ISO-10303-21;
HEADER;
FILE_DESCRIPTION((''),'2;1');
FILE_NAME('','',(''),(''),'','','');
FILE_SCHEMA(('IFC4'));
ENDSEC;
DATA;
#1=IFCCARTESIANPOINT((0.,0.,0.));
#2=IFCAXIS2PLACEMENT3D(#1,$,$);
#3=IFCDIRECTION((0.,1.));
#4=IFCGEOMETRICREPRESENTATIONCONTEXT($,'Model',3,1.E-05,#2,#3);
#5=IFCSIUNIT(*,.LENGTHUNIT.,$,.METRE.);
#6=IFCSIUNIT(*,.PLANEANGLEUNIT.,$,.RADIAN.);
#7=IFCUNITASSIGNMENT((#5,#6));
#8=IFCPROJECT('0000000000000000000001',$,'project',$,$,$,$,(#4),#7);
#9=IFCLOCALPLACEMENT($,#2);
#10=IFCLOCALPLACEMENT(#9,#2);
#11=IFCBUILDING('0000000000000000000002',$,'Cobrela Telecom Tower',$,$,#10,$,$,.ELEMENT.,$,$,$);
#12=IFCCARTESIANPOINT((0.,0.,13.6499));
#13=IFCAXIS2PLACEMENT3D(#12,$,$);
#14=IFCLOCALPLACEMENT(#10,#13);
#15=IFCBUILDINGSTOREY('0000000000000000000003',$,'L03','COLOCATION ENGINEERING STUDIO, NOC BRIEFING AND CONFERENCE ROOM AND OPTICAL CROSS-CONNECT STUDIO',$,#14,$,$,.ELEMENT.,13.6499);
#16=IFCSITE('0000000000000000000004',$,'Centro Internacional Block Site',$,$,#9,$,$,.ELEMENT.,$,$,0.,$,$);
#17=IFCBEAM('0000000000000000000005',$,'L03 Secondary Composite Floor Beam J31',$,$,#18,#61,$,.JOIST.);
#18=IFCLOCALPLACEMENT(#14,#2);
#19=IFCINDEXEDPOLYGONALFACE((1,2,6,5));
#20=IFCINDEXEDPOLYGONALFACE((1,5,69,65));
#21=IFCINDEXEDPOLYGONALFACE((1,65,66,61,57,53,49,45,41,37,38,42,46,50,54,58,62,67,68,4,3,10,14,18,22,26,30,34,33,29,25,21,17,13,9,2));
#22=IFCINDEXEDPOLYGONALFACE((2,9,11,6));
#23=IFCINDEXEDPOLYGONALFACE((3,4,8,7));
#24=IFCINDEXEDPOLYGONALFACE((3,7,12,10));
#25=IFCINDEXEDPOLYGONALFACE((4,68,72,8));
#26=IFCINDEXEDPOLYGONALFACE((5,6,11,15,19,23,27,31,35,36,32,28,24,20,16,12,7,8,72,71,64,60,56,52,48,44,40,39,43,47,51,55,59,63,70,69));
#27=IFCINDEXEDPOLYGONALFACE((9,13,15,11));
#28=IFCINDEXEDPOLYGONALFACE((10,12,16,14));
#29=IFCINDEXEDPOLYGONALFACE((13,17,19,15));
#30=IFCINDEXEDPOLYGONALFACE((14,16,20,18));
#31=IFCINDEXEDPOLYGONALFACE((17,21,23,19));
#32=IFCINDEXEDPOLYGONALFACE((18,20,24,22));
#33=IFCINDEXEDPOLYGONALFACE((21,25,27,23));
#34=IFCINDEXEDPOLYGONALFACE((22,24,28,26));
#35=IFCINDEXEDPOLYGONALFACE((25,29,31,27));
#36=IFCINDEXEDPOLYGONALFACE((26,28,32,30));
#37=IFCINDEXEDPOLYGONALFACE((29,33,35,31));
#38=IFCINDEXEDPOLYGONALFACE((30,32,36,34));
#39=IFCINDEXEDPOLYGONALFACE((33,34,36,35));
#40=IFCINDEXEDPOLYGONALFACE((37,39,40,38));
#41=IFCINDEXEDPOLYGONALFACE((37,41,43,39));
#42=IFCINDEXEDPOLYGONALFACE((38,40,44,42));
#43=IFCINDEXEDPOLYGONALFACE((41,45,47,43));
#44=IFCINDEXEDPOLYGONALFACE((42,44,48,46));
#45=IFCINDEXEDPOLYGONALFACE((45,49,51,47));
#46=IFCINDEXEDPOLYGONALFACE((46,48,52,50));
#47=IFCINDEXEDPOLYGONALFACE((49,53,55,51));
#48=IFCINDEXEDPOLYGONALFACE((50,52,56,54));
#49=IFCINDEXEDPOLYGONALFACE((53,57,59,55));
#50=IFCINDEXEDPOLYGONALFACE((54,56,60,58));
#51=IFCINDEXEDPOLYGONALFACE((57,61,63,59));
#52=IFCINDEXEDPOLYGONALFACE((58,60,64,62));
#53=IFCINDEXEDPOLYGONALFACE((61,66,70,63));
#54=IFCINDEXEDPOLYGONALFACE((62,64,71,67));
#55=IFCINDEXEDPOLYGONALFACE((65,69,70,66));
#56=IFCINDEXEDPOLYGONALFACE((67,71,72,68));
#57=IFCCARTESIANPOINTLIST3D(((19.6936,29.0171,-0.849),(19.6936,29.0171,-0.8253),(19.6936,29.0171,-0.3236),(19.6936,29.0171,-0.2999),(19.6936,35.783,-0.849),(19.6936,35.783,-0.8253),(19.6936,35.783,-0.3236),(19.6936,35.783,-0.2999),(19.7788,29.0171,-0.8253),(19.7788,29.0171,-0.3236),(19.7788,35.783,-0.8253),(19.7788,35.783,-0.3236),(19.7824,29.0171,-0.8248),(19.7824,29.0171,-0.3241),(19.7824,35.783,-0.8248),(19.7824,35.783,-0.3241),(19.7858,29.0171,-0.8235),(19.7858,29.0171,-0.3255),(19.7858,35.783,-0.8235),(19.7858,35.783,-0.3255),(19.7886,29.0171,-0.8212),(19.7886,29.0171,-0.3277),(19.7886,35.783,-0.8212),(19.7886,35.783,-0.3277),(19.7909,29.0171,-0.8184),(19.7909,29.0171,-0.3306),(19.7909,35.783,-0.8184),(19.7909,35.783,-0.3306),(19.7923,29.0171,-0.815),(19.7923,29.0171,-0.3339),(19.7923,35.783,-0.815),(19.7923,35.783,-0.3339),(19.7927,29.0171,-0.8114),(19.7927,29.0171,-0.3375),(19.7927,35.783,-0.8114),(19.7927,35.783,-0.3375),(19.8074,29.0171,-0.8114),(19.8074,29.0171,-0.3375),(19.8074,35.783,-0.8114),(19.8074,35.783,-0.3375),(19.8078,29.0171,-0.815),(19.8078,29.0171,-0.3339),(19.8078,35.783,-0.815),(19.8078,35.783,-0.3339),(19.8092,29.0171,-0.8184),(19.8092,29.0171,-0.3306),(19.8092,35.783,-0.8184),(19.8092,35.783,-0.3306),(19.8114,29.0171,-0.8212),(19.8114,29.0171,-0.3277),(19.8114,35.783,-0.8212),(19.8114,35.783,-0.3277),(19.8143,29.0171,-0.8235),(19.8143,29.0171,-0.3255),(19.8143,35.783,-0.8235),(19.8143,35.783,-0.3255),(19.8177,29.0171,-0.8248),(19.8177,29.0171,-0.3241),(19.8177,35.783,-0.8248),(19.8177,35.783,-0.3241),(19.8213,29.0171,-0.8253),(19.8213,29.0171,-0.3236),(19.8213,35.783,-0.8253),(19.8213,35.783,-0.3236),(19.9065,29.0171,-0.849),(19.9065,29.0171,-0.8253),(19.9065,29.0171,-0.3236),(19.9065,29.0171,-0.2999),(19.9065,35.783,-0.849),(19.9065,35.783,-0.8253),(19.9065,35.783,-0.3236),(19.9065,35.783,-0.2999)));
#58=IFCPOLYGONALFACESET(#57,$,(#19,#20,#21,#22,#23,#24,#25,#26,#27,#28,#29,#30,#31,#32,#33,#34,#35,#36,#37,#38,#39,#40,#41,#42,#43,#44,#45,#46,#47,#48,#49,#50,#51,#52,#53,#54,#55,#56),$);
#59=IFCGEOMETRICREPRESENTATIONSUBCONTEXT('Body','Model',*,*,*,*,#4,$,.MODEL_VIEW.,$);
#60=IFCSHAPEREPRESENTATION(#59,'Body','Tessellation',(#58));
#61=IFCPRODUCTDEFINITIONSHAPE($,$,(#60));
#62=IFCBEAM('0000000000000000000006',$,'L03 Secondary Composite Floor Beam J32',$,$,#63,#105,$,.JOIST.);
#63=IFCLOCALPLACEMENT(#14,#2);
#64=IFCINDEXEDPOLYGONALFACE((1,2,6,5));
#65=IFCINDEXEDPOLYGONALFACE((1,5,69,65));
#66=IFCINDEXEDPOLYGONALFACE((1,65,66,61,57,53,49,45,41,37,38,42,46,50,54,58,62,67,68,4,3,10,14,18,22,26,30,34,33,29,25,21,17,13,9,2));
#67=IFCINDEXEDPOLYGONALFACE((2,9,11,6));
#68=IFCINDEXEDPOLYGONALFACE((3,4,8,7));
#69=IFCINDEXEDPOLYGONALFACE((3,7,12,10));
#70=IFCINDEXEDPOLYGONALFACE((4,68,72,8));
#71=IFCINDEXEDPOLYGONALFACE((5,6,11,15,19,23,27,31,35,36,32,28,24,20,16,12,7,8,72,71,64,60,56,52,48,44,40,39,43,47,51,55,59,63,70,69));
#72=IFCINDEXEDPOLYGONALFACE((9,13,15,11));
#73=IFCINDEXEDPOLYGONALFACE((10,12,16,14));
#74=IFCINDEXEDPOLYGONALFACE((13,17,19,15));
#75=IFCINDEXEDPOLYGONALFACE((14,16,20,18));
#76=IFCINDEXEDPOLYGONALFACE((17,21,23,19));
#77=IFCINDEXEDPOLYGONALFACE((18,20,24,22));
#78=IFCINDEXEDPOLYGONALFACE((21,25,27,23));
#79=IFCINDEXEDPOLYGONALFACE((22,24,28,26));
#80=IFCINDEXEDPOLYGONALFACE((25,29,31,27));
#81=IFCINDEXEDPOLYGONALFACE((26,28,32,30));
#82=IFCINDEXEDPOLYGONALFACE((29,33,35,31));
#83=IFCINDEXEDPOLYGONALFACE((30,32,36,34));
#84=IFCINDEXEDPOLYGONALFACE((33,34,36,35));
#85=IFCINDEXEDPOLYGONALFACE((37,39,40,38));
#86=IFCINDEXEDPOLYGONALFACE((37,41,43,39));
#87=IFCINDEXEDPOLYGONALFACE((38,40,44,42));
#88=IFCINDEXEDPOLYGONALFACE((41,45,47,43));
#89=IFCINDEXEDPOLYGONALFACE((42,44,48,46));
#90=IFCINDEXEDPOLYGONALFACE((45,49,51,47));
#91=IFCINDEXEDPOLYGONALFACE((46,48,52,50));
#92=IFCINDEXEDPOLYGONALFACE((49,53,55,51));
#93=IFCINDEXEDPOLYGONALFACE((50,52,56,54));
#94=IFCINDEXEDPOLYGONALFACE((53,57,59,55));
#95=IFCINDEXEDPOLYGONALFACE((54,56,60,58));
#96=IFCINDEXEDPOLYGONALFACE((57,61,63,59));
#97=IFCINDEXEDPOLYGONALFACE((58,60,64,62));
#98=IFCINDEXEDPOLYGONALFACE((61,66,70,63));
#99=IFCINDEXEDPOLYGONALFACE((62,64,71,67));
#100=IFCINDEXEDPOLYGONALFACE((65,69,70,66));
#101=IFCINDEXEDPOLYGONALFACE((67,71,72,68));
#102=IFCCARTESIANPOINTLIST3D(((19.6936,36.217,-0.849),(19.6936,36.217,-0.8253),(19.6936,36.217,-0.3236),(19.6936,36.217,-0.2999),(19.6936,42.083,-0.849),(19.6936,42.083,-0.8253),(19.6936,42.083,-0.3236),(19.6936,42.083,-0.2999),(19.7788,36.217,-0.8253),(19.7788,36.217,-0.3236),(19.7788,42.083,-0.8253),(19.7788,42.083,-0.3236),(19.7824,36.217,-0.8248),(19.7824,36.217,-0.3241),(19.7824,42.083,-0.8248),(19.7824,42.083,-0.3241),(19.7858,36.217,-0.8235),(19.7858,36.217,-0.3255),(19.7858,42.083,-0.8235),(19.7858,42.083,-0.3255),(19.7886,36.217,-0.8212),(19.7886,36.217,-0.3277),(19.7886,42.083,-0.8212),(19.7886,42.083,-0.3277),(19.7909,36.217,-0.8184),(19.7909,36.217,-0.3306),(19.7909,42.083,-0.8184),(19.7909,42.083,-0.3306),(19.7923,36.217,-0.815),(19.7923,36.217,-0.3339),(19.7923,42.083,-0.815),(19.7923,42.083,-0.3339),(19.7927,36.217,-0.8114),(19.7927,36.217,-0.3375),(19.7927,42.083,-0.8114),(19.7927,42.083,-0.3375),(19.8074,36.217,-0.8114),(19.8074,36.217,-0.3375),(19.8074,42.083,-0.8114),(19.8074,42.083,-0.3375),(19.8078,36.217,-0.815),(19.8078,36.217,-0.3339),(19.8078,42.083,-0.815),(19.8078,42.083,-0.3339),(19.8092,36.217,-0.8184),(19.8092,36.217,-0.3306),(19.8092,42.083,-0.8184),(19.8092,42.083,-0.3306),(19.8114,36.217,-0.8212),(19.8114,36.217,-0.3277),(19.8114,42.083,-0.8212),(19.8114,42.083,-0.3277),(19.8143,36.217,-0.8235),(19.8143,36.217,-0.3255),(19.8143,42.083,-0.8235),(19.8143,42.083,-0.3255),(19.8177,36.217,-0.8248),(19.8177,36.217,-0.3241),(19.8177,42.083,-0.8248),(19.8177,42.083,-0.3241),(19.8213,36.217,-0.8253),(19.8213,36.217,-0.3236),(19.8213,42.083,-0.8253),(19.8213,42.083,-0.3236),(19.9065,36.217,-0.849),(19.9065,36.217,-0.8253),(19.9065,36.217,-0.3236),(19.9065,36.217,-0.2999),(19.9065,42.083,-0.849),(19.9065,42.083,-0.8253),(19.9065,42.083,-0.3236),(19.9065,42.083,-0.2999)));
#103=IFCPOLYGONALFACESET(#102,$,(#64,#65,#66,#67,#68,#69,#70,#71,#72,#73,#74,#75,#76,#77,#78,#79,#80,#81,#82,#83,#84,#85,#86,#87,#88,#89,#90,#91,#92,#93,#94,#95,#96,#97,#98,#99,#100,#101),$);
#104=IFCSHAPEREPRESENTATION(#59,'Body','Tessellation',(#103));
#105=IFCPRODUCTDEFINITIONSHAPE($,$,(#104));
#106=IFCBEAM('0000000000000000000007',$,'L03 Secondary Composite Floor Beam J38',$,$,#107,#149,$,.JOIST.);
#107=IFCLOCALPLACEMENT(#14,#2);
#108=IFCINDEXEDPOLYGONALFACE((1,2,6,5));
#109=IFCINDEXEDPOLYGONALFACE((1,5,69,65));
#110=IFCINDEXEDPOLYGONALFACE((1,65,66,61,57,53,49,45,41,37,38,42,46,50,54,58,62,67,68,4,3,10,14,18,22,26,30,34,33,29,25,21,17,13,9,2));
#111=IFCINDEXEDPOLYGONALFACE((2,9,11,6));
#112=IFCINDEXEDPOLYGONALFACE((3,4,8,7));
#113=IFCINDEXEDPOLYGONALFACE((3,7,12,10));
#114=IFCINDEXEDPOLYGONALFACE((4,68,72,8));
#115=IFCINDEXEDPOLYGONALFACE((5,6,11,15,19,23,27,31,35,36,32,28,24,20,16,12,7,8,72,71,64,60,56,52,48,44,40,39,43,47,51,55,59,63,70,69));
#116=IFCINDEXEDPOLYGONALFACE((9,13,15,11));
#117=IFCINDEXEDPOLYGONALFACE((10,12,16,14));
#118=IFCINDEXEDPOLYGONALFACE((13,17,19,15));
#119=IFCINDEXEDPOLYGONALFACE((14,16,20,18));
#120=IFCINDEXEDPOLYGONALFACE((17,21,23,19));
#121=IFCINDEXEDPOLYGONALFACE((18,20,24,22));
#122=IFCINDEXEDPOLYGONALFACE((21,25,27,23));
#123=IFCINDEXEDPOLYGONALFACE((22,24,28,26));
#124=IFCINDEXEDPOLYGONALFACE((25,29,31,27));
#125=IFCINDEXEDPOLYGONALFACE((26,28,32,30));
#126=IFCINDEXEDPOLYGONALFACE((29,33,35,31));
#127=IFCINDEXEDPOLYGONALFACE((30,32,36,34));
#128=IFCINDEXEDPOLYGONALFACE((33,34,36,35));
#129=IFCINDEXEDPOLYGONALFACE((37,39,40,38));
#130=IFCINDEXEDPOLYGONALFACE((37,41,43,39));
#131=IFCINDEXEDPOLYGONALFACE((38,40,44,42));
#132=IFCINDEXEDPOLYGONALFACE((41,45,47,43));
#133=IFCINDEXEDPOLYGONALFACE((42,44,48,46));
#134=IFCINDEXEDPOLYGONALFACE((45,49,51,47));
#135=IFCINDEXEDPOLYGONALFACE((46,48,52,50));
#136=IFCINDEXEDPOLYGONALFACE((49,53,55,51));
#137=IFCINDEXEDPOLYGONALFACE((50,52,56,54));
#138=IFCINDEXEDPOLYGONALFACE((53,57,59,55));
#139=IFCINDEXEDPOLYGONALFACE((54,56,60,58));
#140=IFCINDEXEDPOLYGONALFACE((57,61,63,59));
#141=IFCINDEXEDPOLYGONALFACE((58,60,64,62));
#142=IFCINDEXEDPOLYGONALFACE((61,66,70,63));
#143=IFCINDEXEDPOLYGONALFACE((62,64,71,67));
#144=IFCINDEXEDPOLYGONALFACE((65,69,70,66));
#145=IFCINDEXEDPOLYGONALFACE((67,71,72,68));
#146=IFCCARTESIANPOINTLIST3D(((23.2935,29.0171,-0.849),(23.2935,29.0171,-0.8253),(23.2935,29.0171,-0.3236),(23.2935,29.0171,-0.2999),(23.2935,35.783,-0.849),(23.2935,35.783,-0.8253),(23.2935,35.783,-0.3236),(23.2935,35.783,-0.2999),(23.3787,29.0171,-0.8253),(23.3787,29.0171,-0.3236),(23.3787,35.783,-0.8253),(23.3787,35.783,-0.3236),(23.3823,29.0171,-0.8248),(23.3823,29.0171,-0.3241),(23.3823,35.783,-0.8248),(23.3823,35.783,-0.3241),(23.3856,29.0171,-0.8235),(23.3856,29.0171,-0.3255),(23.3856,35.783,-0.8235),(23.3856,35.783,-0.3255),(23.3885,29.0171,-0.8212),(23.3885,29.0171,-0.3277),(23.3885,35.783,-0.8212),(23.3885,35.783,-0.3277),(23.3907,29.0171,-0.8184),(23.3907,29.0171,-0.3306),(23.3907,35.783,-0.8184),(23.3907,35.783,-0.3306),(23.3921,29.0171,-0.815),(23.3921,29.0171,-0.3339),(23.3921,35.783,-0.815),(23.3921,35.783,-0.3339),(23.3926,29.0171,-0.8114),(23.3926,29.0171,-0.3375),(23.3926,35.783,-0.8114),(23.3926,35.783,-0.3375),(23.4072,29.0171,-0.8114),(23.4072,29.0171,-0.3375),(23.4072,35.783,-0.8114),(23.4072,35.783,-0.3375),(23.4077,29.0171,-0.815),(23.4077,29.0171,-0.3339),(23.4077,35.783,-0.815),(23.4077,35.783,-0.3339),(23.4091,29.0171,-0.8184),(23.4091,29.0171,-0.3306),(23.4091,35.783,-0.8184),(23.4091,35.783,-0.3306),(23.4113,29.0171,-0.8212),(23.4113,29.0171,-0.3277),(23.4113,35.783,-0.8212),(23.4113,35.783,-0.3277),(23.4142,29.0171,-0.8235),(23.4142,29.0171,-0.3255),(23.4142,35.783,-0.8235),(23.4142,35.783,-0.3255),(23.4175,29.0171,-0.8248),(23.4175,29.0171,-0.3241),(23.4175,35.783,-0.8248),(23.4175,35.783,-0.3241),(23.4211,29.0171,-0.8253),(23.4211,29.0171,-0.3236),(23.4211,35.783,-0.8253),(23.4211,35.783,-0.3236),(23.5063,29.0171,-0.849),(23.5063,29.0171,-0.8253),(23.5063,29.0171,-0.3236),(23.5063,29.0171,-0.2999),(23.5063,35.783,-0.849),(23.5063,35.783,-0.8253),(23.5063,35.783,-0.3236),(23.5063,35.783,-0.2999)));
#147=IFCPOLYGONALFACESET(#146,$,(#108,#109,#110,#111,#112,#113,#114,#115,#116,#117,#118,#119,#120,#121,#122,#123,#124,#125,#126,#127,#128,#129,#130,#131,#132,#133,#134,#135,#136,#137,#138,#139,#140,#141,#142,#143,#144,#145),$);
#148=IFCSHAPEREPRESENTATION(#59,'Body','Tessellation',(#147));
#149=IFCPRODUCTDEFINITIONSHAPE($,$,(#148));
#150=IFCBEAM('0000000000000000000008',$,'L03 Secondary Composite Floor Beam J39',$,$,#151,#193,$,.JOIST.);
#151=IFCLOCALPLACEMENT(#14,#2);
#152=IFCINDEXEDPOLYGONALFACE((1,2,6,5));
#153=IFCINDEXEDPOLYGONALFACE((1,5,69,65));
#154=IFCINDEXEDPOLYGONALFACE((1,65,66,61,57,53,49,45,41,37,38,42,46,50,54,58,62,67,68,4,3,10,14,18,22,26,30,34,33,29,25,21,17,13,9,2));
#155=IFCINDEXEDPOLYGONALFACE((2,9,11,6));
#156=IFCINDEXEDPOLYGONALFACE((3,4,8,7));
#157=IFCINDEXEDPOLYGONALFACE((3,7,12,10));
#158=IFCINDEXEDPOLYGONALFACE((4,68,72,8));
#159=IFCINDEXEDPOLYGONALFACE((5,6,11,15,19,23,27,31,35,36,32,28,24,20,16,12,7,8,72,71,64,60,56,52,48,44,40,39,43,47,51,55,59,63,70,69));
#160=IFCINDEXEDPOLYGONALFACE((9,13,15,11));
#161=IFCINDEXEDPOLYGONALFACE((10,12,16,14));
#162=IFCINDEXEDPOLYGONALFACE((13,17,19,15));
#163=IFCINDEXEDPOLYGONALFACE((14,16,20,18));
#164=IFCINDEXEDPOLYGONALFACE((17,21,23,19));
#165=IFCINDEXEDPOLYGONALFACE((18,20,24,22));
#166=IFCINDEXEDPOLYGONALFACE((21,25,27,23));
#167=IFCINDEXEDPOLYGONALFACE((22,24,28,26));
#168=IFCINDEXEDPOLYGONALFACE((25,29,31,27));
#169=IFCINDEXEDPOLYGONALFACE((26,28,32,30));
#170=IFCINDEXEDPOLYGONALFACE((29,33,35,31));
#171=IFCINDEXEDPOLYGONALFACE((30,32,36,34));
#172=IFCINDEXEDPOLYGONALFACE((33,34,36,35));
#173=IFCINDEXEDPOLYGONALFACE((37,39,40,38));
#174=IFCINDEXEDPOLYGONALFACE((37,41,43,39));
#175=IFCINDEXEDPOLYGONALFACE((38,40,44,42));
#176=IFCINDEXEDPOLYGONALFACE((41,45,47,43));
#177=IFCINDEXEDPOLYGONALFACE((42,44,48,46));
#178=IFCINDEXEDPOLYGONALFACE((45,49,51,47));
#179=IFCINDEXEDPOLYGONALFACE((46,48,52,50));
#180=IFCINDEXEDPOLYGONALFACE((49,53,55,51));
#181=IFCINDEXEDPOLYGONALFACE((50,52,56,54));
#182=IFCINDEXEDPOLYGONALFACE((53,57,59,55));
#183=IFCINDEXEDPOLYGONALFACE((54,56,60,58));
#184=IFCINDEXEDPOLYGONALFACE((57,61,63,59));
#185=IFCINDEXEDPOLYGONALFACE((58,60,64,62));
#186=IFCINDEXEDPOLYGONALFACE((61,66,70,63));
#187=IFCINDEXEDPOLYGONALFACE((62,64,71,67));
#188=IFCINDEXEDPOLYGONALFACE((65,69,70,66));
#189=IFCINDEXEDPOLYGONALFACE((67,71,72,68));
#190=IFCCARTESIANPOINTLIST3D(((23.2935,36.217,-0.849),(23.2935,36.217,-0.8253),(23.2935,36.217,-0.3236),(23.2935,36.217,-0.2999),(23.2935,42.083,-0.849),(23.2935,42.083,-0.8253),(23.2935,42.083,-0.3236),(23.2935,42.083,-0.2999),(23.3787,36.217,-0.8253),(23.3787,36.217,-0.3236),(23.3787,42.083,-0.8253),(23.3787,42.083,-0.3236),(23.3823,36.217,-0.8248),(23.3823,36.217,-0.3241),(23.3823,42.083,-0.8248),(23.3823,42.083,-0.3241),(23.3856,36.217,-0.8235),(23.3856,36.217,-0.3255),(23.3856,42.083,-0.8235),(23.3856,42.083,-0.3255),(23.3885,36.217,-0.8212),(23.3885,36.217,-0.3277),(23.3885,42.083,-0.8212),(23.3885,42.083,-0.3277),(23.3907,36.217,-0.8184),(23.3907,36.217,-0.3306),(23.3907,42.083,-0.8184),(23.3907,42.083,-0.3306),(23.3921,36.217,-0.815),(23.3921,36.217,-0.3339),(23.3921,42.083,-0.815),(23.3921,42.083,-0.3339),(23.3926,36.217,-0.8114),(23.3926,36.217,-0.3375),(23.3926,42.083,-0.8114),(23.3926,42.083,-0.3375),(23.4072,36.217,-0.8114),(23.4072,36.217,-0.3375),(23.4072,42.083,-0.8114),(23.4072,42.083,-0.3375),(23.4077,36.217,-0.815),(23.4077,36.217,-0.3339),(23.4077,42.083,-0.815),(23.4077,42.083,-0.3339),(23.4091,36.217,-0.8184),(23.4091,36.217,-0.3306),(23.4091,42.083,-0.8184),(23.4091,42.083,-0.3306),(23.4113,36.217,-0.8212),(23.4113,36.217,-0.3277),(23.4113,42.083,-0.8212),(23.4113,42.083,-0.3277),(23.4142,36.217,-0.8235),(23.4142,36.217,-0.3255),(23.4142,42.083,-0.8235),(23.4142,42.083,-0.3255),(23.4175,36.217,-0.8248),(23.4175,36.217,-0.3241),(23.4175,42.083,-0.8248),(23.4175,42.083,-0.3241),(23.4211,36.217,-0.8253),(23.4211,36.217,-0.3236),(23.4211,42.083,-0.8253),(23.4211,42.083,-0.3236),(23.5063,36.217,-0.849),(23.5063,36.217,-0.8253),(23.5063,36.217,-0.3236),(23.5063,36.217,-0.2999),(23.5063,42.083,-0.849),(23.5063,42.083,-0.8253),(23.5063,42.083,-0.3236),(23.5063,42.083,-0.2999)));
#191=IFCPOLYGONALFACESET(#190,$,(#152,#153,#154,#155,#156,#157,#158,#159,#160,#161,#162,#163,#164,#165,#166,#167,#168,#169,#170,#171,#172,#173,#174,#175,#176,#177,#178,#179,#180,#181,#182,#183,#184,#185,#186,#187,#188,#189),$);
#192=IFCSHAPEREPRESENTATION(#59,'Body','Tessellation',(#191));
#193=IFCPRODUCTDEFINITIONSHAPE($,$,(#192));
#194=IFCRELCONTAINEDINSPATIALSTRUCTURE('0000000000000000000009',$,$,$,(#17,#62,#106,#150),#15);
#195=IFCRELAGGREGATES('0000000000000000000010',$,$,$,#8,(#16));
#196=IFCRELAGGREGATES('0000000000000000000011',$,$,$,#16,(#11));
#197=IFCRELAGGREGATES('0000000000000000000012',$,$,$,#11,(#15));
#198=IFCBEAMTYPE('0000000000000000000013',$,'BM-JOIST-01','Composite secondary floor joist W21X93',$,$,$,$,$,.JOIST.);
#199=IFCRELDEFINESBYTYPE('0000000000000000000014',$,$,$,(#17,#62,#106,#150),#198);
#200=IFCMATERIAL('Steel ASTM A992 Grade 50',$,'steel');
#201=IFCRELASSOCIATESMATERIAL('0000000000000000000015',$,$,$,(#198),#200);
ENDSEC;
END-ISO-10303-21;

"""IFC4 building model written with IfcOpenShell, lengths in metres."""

from ifc_helpers import new_model, si_unit, direction, frame, origin, origin_2d, place, context, subcontext, project, spatial, i_section, extrude, material, material_profile, profile_set, type_object, element, save


model = new_model("IFC4")

# Units and contexts
model_context = context("Model", 3, precision=1e-05, world=origin(), true_north=direction((0.0, 1.0)))
body_context = subcontext(model_context, "Body", "Model", "MODEL_VIEW")
ifc_project = project(units=[si_unit("LENGTHUNIT", "METRE"), si_unit("PLANEANGLEUNIT", "RADIAN")], contexts=[model_context])

# Site, building, storey
site_placement = place(None, origin())
site = spatial("IfcSite", under=ifc_project, at=site_placement, Name="Centro Internacional Block Site", CompositionType="ELEMENT", RefElevation=0.0)
building_placement = place(site_placement, origin())
building = spatial("IfcBuilding", under=site, at=building_placement, Name="Cobrela Telecom Tower", CompositionType="ELEMENT")
storey_placement = place(building_placement, frame((0.0, 0.0, 13.6499)))
storey = spatial("IfcBuildingStorey", under=building, at=storey_placement, Name="L03", Description="COLOCATION ENGINEERING STUDIO, NOC BRIEFING AND CONFERENCE ROOM AND OPTICAL CROSS-CONNECT STUDIO", CompositionType="ELEMENT", Elevation=13.6499)

# Beams
ifc_material_1 = material(Name="Steel ASTM A992 Grade 50", Category="steel")
ifc_material_profile_1 = material_profile(ifc_material_1, i_section(OverallWidth=0.2129, OverallDepth=0.5491, WebThickness=0.0146, FlangeThickness=0.0237, FilletRadius=0.0139, at=origin_2d()), Name="W21X93")
ifc_profile_set_1 = profile_set([ifc_material_profile_1], Name="Steel ASTM A992 Grade 50")
beam_type_1 = type_object("IfcBeamType", Name="BM-JOIST-01", Description="Composite secondary floor joist W21X93", PredefinedType="JOIST", material=ifc_profile_set_1)
beam_1_placement = place(storey_placement, frame((19.8, 29.0171, -0.5745), z_axis=(0.0, 1.0, 0.0), x_axis=(-1.0, 0.0, 0.0)))
element("IfcBeam", 1, at=beam_1_placement, inside=storey, type_object=beam_type_1, Name="L03 Secondary Composite Floor Beam J31", PredefinedType="JOIST", context=body_context, shape_type="SweptSolid", body=[
    extrude(i_section(OverallWidth=0.2129, OverallDepth=0.5491, WebThickness=0.0146, FlangeThickness=0.0237, FilletRadius=0.0139, at=origin_2d()), origin(), (0.0, 0.0, 1.0), 6.7659),
])
beam_2_placement = place(storey_placement, frame((19.8, 36.217, -0.5745), z_axis=(0.0, 1.0, 0.0), x_axis=(-1.0, 0.0, 0.0)))
element("IfcBeam", 2, at=beam_2_placement, inside=storey, type_object=beam_type_1, Name="L03 Secondary Composite Floor Beam J32", PredefinedType="JOIST", context=body_context, shape_type="SweptSolid", body=[
    extrude(i_section(OverallWidth=0.2129, OverallDepth=0.5491, WebThickness=0.0146, FlangeThickness=0.0237, FilletRadius=0.0139, at=origin_2d()), origin(), (0.0, 0.0, 1.0), 5.866),
])
beam_3_placement = place(storey_placement, frame((23.3999, 29.0171, -0.5745), z_axis=(0.0, 1.0, 0.0), x_axis=(-1.0, 0.0, 0.0)))
element("IfcBeam", 3, at=beam_3_placement, inside=storey, type_object=beam_type_1, Name="L03 Secondary Composite Floor Beam J38", PredefinedType="JOIST", context=body_context, shape_type="SweptSolid", body=[
    extrude(i_section(OverallWidth=0.2129, OverallDepth=0.5491, WebThickness=0.0146, FlangeThickness=0.0237, FilletRadius=0.0139, at=origin_2d()), origin(), (0.0, 0.0, 1.0), 6.7659),
])
beam_4_placement = place(storey_placement, frame((23.3999, 36.217, -0.5745), z_axis=(0.0, 1.0, 0.0), x_axis=(-1.0, 0.0, 0.0)))
element("IfcBeam", 4, at=beam_4_placement, inside=storey, type_object=beam_type_1, Name="L03 Secondary Composite Floor Beam J39", PredefinedType="JOIST", context=body_context, shape_type="SweptSolid", body=[
    extrude(i_section(OverallWidth=0.2129, OverallDepth=0.5491, WebThickness=0.0146, FlangeThickness=0.0237, FilletRadius=0.0139, at=origin_2d()), origin(), (0.0, 0.0, 1.0), 5.866),
])

save(model, "model.ifc")
